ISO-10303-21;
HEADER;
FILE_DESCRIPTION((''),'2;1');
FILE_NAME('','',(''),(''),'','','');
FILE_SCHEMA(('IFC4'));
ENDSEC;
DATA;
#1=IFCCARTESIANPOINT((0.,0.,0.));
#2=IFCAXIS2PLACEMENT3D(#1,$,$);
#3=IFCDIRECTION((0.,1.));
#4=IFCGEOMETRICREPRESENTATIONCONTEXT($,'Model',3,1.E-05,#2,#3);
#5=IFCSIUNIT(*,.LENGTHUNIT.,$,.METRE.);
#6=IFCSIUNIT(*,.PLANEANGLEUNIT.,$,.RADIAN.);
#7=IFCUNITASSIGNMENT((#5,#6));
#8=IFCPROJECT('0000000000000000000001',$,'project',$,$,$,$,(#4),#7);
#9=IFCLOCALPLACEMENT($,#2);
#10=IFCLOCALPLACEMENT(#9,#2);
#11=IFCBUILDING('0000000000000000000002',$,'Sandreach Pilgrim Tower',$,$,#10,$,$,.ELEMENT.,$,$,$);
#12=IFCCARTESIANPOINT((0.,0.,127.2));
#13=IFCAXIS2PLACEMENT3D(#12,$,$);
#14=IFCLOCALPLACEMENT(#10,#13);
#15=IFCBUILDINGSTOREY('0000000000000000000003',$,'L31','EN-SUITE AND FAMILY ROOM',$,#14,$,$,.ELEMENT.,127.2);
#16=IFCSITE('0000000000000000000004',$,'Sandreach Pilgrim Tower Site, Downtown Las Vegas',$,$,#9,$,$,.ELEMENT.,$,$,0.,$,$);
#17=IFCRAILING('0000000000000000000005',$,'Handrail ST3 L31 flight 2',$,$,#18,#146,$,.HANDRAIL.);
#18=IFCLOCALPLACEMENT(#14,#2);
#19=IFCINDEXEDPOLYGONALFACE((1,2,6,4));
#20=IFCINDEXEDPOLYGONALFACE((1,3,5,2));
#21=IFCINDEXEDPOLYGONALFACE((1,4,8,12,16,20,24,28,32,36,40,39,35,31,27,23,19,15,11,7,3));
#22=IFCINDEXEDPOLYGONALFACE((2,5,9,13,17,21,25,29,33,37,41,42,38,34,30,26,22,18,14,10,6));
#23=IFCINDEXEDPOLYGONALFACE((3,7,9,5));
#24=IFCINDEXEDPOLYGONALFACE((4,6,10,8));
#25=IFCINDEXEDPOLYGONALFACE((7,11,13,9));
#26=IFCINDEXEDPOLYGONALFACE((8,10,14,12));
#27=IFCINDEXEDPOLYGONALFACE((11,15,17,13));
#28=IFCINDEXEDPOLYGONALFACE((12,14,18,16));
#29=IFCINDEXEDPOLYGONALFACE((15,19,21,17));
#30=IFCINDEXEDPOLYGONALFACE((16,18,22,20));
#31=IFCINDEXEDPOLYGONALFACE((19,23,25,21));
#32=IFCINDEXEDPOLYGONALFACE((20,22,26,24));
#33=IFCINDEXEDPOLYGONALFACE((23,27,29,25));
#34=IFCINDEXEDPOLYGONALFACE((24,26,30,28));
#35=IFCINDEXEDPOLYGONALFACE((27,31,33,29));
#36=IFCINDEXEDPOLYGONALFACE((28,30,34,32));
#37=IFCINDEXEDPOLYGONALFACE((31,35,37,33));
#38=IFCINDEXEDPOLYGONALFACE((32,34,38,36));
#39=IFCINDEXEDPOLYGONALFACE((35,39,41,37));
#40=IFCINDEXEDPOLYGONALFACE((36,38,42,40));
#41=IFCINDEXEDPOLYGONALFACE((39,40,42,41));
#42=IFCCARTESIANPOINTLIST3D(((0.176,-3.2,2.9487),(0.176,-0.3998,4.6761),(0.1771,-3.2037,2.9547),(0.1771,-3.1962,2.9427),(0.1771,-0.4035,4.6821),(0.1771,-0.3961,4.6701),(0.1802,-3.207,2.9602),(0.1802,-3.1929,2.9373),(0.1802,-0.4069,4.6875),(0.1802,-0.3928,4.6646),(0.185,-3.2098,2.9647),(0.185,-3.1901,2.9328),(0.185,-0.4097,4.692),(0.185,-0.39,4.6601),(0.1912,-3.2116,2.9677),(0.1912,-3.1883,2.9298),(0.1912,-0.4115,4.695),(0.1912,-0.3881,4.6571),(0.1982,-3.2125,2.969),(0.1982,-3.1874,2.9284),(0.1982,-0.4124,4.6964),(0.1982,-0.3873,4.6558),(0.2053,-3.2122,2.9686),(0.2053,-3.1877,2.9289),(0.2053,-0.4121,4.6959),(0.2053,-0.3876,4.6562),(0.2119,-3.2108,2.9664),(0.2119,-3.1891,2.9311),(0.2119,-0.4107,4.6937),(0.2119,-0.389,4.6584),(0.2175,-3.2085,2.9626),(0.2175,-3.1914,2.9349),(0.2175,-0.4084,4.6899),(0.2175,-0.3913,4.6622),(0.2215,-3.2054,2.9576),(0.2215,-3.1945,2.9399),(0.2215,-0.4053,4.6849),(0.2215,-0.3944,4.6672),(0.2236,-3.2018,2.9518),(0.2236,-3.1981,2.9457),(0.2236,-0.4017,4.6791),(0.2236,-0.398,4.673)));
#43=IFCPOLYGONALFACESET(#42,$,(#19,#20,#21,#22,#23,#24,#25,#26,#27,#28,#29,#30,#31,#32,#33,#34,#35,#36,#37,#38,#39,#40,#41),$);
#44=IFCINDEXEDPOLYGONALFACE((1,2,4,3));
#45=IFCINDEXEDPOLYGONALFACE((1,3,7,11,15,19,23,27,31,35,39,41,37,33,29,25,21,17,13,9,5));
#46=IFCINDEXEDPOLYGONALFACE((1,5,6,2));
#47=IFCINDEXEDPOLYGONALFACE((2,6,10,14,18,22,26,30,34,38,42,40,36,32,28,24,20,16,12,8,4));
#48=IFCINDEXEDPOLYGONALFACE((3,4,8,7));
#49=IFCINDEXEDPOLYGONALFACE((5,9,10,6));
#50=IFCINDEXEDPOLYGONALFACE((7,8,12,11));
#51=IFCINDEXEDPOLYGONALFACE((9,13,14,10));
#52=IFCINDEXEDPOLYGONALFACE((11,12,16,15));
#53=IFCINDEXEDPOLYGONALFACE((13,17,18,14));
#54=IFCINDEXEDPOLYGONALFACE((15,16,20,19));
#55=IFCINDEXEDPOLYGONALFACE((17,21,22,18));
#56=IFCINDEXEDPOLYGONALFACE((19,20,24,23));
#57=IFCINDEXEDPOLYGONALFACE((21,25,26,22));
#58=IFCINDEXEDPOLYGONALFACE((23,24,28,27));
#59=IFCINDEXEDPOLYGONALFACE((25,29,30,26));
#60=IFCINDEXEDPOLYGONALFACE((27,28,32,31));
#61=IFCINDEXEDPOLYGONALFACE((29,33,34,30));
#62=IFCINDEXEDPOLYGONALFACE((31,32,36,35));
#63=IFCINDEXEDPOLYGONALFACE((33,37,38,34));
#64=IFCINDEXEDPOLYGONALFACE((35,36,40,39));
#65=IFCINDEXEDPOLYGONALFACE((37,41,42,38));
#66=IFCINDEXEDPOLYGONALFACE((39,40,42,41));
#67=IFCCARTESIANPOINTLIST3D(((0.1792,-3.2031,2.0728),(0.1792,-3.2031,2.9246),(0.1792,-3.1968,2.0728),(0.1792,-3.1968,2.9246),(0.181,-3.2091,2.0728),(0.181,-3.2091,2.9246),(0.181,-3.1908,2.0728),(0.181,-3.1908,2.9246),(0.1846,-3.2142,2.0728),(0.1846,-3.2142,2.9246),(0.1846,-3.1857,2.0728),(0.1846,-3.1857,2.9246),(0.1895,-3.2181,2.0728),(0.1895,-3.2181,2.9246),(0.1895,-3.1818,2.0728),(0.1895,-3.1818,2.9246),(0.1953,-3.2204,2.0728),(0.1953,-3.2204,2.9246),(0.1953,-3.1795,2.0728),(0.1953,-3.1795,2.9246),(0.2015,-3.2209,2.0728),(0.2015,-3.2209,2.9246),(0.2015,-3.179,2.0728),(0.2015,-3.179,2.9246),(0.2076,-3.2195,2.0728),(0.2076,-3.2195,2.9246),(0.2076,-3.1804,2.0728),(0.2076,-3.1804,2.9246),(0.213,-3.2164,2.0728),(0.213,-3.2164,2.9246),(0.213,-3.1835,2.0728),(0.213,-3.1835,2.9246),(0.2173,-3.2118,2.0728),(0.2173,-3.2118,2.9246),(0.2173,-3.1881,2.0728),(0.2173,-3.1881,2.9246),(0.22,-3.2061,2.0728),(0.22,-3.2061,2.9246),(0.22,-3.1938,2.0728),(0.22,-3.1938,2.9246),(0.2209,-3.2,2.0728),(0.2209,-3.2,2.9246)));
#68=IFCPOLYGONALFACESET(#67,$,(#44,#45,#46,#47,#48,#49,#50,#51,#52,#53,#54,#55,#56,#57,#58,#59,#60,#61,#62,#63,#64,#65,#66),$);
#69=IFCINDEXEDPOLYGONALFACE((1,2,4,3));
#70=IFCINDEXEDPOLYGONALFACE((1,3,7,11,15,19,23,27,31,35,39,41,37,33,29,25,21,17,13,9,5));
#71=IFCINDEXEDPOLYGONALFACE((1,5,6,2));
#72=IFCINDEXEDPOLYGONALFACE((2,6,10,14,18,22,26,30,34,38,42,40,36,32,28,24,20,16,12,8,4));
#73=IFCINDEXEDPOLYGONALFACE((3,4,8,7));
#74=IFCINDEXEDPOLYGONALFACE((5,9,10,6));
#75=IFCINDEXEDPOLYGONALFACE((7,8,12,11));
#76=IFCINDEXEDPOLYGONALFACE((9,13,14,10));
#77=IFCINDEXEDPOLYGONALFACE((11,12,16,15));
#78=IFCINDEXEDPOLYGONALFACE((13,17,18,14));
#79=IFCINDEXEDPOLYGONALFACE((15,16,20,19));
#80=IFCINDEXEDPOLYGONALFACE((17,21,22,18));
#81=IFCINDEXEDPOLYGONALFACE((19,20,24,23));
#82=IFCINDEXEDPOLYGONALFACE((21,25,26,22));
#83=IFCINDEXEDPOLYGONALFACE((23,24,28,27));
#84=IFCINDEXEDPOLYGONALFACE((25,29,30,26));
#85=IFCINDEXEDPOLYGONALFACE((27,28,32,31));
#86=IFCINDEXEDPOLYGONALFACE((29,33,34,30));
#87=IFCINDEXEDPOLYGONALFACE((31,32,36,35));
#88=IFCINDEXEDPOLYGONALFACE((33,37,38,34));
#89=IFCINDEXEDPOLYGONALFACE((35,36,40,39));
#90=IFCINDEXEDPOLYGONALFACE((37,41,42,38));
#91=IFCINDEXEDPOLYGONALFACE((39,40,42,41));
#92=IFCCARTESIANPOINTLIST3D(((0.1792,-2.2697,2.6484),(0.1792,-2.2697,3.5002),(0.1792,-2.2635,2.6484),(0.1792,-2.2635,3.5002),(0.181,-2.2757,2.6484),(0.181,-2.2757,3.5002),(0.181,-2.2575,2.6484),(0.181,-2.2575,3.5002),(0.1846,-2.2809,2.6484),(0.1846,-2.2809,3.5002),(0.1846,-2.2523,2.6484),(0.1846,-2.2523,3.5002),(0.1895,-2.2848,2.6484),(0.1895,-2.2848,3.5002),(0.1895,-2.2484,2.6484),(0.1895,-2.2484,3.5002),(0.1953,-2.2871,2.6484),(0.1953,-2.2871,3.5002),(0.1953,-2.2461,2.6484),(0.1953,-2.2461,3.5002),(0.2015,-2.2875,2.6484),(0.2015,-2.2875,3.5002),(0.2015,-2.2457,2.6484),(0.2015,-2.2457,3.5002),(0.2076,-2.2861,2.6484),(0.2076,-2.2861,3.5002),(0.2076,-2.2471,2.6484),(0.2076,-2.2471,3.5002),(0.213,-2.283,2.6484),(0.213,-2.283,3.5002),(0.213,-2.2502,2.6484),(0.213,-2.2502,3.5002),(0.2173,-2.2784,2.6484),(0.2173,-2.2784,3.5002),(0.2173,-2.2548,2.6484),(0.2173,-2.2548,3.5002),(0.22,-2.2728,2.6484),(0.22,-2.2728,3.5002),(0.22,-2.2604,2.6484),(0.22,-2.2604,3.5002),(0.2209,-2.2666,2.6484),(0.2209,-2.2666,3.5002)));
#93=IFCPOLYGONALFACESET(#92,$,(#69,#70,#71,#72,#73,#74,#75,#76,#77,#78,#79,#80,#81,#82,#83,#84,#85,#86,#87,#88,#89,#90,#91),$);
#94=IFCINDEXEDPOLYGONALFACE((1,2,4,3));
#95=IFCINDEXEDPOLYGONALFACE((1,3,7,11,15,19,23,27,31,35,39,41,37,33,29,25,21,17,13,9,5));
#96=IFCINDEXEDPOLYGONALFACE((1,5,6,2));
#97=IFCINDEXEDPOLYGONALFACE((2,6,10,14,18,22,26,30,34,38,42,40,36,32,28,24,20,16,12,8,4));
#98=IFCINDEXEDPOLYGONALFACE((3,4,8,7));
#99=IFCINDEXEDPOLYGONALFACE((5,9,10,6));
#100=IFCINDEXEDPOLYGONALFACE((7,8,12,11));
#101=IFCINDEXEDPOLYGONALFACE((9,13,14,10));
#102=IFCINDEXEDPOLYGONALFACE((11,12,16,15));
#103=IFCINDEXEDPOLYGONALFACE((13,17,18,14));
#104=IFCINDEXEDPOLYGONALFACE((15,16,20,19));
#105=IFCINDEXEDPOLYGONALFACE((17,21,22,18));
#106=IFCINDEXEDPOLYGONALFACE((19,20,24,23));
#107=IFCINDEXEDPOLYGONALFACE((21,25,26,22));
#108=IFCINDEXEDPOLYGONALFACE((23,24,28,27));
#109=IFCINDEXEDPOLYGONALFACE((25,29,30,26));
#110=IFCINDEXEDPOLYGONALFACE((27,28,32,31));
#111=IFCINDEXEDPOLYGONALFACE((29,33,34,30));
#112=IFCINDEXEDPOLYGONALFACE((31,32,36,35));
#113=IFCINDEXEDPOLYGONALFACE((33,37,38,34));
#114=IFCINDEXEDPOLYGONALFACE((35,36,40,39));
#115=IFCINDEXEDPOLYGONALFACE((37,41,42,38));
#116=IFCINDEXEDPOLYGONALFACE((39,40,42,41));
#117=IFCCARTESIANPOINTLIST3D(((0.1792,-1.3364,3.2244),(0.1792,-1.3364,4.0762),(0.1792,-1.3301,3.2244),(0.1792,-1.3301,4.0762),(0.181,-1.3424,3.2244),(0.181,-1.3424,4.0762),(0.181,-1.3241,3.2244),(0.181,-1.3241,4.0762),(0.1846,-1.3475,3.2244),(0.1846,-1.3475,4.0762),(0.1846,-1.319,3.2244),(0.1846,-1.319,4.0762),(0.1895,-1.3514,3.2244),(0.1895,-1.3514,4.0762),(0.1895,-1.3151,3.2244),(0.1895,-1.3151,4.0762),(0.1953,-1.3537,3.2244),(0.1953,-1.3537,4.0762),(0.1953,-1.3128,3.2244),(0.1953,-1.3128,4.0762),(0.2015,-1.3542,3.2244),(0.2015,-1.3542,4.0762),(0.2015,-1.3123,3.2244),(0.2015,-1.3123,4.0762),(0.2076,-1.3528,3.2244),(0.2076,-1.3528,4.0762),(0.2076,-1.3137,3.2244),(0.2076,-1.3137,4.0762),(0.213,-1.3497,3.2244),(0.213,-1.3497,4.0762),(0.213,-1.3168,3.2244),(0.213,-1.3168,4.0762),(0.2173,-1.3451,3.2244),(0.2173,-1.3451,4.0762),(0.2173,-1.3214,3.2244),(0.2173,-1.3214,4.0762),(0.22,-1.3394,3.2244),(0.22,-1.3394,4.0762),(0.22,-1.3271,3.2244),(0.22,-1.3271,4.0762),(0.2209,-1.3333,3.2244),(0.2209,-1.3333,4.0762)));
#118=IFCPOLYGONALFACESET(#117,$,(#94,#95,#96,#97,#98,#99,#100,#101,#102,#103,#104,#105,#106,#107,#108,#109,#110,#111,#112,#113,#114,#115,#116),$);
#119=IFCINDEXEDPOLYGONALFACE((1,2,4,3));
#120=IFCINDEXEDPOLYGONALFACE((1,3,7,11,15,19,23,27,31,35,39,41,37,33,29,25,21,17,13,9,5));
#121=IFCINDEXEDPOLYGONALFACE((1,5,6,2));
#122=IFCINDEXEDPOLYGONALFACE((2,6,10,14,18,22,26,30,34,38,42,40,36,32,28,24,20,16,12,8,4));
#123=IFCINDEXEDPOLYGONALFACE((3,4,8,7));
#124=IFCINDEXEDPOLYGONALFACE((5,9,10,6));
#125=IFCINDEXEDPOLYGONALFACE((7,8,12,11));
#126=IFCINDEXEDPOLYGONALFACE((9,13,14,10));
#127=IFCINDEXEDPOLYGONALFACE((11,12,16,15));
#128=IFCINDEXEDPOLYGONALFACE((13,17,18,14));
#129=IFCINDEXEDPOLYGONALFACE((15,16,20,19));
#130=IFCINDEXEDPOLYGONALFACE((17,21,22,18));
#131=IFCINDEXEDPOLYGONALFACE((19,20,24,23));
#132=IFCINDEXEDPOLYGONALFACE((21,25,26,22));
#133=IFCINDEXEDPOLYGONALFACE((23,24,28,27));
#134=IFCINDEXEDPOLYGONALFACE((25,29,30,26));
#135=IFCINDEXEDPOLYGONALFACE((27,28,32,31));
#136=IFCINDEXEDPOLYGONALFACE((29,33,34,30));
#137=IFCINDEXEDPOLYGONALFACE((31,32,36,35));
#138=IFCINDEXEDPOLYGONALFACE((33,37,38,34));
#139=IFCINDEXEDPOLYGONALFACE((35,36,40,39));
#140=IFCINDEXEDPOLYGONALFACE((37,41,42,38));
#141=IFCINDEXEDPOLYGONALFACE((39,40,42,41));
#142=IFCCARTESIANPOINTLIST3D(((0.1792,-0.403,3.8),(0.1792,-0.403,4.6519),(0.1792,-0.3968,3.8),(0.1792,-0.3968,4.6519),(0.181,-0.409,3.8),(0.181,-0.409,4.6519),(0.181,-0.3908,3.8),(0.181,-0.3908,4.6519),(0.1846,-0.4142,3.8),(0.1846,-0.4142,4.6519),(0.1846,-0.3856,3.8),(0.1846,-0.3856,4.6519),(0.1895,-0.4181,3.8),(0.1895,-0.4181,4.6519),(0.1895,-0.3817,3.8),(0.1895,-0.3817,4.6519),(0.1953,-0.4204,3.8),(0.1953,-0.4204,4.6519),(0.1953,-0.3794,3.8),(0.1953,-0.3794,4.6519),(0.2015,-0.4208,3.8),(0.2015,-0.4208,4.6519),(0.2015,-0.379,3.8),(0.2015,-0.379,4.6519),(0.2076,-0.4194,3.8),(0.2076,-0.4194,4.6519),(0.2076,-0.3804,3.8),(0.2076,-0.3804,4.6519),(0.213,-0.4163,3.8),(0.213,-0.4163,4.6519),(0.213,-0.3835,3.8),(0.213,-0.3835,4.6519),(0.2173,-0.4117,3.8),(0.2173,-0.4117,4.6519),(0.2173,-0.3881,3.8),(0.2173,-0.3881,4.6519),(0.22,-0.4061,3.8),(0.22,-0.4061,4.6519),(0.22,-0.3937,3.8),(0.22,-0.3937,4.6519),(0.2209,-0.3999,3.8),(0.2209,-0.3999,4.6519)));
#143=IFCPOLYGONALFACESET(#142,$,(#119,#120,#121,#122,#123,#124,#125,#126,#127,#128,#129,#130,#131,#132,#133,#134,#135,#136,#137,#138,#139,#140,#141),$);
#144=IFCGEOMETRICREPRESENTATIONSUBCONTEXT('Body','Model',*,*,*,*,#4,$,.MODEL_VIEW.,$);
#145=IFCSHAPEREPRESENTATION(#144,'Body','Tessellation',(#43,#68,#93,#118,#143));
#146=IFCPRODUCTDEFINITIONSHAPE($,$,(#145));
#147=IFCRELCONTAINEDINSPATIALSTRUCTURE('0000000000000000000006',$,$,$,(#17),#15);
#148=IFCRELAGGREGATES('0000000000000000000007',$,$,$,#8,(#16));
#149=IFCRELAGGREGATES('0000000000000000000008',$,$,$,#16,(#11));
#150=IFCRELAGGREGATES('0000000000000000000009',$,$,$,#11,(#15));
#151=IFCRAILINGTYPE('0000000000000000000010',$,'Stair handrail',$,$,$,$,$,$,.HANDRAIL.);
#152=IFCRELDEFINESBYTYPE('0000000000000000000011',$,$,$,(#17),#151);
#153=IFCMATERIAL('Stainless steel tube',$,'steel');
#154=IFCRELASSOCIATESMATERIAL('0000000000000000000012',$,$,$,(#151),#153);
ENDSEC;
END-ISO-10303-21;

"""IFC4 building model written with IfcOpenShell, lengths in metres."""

from ifc_helpers import new_model, si_unit, direction, frame, origin, origin_2d, place, context, subcontext, project, spatial, circle, extrude, material, type_object, element, save


model = new_model("IFC4")

# Units and contexts
model_context = context("Model", 3, precision=1e-05, world=origin(), true_north=direction((0.0, 1.0)))
body_context = subcontext(model_context, "Body", "Model", "MODEL_VIEW")
ifc_project = project(units=[si_unit("LENGTHUNIT", "METRE"), si_unit("PLANEANGLEUNIT", "RADIAN")], contexts=[model_context])

# Site, building, storey
site_placement = place(None, origin())
site = spatial("IfcSite", under=ifc_project, at=site_placement, Name="Sandreach Pilgrim Tower Site, Downtown Las Vegas", CompositionType="ELEMENT", RefElevation=0.0)
building_placement = place(site_placement, origin())
building = spatial("IfcBuilding", under=site, at=building_placement, Name="Sandreach Pilgrim Tower", CompositionType="ELEMENT")
storey_placement = place(building_placement, frame((0.0, 0.0, 127.2)))
storey = spatial("IfcBuildingStorey", under=building, at=storey_placement, Name="L31", Description="EN-SUITE AND FAMILY ROOM", CompositionType="ELEMENT", Elevation=127.2)

# Railing
ifc_material_1 = material(Name="Stainless steel tube", Category="steel")
railing_type = type_object("IfcRailingType", Name="Stair handrail", PredefinedType="HANDRAIL", material=ifc_material_1)
for number, where, name in (
    (1, (0.2, -3.2, 2.0728), "Handrail ST3 L31 flight 2"),
):
    element("IfcRailing", number, at=place(storey_placement, frame(where)), inside=storey, type_object=railing_type, Name=name, PredefinedType="HANDRAIL", context=body_context, shape_type="SweptSolid", body=[
        extrude(circle(Radius=0.0239, at=origin_2d()), frame((0.0, 0.0, 0.876), z_axis=(0.0, 0.85109, 0.52502), x_axis=(-1.0, 0.0, 0.0)), (0.0, 0.0, 1.0), 3.29),
        extrude(circle(Radius=0.021, at=origin_2d()), origin(), (0.0, 0.0, 1.0), 0.8518),
        extrude(circle(Radius=0.021, at=origin_2d()), frame((0.0, 0.9333, 0.5757)), (0.0, 0.0, 1.0), 0.8518),
        extrude(circle(Radius=0.021, at=origin_2d()), frame((0.0, 1.8667, 1.1516)), (0.0, 0.0, 1.0), 0.8518),
        extrude(circle(Radius=0.021, at=origin_2d()), frame((0.0, 2.8, 1.7273)), (0.0, 0.0, 1.0), 0.8518),
    ])

save(model, "model.ifc")
